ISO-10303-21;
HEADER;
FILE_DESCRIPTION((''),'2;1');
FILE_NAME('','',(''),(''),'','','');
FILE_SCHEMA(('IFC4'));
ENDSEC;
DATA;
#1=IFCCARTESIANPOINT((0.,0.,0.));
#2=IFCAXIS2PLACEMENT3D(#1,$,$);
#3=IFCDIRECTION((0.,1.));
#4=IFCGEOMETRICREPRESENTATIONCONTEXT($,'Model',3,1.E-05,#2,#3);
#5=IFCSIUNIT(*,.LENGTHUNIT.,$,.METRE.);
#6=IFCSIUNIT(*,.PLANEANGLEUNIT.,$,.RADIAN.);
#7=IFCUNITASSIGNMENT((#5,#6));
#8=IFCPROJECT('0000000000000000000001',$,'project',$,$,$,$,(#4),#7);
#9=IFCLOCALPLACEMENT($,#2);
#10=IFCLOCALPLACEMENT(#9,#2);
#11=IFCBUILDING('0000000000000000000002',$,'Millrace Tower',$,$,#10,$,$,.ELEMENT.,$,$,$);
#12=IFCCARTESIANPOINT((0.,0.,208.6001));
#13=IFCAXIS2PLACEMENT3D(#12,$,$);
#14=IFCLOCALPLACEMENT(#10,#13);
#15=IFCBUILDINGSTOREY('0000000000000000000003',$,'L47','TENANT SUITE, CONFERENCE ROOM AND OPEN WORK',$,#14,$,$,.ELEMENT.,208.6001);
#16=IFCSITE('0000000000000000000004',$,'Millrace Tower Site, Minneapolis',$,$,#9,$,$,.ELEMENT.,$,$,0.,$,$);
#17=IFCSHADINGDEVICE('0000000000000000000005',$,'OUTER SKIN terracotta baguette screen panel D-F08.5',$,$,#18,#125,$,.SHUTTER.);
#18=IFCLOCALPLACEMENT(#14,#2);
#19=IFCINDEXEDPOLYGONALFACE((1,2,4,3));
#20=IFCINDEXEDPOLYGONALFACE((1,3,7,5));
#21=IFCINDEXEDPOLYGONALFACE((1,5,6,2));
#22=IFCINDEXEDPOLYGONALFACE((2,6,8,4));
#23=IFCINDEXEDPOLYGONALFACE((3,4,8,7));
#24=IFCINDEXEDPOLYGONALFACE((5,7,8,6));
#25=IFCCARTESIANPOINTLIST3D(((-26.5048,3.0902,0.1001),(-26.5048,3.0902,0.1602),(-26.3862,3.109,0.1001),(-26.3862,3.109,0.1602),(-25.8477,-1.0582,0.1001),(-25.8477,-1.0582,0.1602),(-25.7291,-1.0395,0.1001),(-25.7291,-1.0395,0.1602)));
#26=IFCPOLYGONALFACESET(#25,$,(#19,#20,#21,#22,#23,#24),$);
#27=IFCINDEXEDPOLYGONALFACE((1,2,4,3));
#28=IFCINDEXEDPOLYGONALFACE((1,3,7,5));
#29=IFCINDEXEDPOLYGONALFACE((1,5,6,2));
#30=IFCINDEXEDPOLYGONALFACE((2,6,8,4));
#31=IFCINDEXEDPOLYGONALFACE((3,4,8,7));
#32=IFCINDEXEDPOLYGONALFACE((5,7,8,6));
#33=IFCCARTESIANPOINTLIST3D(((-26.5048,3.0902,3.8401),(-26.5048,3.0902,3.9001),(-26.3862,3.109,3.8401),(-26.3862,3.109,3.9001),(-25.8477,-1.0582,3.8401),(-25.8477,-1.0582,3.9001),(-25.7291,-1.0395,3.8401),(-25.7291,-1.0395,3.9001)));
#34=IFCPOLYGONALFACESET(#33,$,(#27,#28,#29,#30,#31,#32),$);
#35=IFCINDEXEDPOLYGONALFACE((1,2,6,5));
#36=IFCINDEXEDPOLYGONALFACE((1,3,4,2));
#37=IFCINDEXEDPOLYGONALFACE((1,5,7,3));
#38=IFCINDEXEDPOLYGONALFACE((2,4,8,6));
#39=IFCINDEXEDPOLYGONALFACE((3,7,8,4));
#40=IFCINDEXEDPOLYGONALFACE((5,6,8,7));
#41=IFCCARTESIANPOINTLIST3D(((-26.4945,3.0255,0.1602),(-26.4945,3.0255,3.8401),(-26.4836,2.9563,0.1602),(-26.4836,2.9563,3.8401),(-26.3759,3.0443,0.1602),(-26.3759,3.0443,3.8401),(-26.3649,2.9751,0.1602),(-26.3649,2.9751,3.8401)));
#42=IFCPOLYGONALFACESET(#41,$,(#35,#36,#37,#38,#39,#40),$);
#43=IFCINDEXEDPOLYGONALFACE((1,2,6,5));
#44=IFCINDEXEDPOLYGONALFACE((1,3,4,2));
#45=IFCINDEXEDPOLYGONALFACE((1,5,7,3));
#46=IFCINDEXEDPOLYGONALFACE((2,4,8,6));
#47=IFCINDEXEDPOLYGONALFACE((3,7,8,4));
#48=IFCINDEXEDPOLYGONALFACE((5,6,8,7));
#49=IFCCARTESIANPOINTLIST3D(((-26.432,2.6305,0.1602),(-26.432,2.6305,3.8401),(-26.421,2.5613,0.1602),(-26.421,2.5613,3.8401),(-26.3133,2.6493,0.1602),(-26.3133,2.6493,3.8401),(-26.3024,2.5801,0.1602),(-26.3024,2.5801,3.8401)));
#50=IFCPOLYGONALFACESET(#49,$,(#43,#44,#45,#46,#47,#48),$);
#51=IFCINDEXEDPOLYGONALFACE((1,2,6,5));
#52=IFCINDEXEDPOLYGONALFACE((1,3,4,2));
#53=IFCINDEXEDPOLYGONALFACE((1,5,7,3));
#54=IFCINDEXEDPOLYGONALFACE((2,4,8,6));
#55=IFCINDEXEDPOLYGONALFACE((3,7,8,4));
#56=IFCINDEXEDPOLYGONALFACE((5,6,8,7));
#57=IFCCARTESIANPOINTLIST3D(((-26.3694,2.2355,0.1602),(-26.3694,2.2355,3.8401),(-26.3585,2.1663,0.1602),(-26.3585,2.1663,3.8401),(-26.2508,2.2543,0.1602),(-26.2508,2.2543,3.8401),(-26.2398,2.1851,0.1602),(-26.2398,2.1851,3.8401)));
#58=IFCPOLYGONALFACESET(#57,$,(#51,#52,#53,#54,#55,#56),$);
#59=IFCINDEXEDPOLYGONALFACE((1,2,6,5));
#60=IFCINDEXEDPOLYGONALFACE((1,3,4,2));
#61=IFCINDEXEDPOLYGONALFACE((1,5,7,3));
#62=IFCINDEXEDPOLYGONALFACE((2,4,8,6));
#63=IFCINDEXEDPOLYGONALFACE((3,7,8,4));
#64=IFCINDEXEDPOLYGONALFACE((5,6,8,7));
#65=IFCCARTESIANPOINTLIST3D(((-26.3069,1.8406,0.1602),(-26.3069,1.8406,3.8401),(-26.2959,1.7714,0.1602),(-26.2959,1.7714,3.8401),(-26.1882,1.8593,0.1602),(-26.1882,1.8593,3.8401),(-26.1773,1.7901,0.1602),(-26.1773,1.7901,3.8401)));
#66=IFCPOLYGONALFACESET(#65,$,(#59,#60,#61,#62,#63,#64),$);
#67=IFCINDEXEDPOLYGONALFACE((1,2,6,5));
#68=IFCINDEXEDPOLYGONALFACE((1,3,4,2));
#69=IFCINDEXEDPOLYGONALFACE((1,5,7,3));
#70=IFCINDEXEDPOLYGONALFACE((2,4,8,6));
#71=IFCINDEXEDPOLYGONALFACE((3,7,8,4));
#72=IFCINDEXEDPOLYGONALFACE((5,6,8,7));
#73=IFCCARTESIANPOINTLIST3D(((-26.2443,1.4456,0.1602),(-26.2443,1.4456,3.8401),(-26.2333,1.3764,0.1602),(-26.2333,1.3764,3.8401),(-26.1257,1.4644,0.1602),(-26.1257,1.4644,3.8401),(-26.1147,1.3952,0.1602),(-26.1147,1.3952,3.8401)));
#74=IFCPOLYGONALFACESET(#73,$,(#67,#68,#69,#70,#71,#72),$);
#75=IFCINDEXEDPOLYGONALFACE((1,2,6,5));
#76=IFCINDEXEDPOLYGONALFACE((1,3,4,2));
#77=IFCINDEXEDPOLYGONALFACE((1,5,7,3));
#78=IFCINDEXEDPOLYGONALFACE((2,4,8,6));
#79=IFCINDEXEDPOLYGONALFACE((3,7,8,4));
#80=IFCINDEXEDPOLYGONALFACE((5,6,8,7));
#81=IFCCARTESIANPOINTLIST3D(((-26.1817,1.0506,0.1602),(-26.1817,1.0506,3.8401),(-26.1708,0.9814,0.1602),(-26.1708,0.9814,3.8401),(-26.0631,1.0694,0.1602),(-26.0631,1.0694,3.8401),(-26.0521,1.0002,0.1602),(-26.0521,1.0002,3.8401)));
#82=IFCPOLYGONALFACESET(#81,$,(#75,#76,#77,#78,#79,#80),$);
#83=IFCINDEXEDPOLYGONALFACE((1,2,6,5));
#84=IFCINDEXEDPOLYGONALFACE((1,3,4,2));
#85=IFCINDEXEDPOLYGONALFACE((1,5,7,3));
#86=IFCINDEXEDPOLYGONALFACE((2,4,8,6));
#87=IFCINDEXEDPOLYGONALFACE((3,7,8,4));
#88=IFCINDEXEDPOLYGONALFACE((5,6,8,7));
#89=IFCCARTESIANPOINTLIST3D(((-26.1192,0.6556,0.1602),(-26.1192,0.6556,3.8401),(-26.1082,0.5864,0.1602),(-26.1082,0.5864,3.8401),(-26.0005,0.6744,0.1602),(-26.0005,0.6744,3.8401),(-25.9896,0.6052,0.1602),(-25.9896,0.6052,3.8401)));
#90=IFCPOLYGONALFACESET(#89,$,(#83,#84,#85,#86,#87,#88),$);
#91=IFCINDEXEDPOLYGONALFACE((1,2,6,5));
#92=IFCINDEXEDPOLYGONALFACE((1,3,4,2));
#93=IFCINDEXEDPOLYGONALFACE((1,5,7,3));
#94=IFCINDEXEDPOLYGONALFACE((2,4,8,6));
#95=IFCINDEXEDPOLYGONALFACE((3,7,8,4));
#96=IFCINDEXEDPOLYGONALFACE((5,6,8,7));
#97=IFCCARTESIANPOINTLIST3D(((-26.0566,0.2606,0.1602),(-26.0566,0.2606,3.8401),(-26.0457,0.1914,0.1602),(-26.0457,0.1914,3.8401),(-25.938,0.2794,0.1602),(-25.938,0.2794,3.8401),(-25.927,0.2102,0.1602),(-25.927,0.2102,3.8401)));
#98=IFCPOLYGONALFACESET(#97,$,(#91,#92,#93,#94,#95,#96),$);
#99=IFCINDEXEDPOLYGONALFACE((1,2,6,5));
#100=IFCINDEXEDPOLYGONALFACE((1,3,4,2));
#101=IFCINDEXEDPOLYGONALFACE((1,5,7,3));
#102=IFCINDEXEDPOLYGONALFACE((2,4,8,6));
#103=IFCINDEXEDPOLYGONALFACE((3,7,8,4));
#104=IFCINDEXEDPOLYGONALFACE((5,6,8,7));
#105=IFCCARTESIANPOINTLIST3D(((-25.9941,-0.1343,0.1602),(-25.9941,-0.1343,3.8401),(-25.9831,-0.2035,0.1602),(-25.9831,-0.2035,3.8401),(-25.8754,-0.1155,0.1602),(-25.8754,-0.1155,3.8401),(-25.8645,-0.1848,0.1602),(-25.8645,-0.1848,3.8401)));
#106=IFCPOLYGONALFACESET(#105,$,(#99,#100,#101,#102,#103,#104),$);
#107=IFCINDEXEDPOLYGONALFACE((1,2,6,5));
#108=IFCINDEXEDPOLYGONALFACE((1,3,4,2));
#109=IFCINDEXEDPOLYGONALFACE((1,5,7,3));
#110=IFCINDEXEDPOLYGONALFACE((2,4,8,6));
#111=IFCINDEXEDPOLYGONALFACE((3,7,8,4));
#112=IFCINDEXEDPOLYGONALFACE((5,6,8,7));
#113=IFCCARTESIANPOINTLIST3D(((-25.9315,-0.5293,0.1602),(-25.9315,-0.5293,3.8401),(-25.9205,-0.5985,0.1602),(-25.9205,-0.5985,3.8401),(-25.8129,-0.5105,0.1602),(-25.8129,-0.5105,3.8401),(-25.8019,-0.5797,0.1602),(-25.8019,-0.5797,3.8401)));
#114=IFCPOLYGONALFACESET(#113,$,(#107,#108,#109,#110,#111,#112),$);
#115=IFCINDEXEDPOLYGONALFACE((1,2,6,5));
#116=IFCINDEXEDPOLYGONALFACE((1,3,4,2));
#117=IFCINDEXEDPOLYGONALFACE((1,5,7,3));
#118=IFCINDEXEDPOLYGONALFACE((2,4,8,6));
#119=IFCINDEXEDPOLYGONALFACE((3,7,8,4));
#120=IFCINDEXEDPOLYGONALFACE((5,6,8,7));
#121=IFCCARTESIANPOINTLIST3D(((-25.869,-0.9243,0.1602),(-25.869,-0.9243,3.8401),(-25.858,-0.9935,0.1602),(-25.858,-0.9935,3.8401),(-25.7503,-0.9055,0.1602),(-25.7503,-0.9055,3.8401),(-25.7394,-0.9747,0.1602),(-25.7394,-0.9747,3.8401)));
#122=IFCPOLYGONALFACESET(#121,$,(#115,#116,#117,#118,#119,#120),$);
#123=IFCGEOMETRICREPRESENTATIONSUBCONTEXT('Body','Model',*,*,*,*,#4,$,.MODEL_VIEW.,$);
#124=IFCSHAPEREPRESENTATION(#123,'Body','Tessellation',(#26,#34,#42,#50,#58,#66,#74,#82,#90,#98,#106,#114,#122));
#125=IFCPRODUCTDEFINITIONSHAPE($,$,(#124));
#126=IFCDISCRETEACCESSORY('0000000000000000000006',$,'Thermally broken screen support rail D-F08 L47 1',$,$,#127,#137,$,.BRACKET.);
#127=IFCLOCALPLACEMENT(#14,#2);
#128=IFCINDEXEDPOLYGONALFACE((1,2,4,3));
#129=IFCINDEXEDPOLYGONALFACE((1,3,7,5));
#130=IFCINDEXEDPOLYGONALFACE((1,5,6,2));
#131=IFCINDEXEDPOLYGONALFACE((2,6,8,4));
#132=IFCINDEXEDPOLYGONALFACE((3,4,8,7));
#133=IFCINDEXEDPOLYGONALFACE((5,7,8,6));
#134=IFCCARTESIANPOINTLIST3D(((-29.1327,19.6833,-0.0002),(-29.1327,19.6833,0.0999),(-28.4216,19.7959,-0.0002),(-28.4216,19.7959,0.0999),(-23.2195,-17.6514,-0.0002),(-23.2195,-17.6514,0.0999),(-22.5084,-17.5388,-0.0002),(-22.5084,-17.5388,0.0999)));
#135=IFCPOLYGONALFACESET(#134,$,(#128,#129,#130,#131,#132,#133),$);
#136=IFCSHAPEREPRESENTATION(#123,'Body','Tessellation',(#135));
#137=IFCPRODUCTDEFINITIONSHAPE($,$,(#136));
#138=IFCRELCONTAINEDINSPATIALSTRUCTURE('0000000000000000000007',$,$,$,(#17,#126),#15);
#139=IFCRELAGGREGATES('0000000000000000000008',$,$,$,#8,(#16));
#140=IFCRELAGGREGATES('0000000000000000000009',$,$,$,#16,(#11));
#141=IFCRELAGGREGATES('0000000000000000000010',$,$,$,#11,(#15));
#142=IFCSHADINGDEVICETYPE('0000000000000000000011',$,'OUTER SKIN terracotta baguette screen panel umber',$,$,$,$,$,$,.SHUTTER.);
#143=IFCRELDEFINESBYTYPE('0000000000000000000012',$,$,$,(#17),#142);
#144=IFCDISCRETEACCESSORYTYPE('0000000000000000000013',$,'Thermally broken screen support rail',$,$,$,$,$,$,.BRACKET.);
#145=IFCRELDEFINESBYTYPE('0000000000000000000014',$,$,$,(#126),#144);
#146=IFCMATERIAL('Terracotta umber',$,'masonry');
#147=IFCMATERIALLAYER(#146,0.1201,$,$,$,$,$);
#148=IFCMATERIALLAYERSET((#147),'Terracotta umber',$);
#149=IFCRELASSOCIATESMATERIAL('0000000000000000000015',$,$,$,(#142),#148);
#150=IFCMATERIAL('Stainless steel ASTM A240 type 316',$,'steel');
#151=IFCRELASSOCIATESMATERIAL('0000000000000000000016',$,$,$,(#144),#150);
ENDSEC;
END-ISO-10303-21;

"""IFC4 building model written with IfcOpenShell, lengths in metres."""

from ifc_helpers import new_model, entity, si_unit, direction, frame, frame_2d, origin, origin_2d, place, context, subcontext, project, spatial, rectangle, extrude, source, transform, mapped, material, layer, layer_set, type_object, element, save


model = new_model("IFC4")

# Units and contexts
model_context = context("Model", 3, precision=1e-05, world=origin(), true_north=direction((0.0, 1.0)))
body_context = subcontext(model_context, "Body", "Model", "MODEL_VIEW")
ifc_project = project(units=[si_unit("LENGTHUNIT", "METRE"), si_unit("PLANEANGLEUNIT", "RADIAN")], contexts=[model_context])

# Site, building, storey
site_placement = place(None, origin())
site = spatial("IfcSite", under=ifc_project, at=site_placement, Name="Millrace Tower Site, Minneapolis", CompositionType="ELEMENT", RefElevation=0.0)
building_placement = place(site_placement, origin())
building = spatial("IfcBuilding", under=site, at=building_placement, Name="Millrace Tower", CompositionType="ELEMENT")
storey_placement = place(building_placement, frame((0.0, 0.0, 208.6001)))
storey = spatial("IfcBuildingStorey", under=building, at=storey_placement, Name="L47", Description="TENANT SUITE, CONFERENCE ROOM AND OPEN WORK", CompositionType="ELEMENT", Elevation=208.6001)

# Shading device
ifc_material_1 = material(Name="Terracotta umber", Category="masonry")
ifc_layer_1 = layer(ifc_material_1, 0.1201)
ifc_layer_set_1 = layer_set([ifc_layer_1], Name="Terracotta umber")
shading_device_type = type_object("IfcShadingDeviceType", Name="OUTER SKIN terracotta baguette screen panel umber", PredefinedType="SHUTTER", material=ifc_layer_set_1)
cartesian_point = entity("IfcCartesianPoint", [-2.1001, 0.0601])
shared_polyline = entity("IfcPolyline", [cartesian_point, entity("IfcCartesianPoint", [2.1001, 0.0601]), entity("IfcCartesianPoint", [2.1001, -0.0601]), entity("IfcCartesianPoint", [-2.1001, -0.0601]), cartesian_point])
shared_shape = source(origin(), body_context, "Body", "SweptSolid", [
    entity("IfcExtrudedAreaSolid", entity("IfcArbitraryClosedProfileDef", "AREA", None, shared_polyline), entity("IfcAxis2Placement3D", entity("IfcCartesianPoint", [0.0, 0.0, 0.0])), entity("IfcDirection", [0.0, 0.0, 1.0]), 0.0601),
    entity("IfcExtrudedAreaSolid", entity("IfcArbitraryClosedProfileDef", "AREA", None, shared_polyline), entity("IfcAxis2Placement3D", entity("IfcCartesianPoint", [0.0, 0.0, 3.74])), entity("IfcDirection", [0.0, 0.0, 1.0]), 0.0601),
    extrude(rectangle(XDim=0.0701, YDim=0.1201, at=frame_2d((-1.9995, 0.0))), frame((0.0, 0.0, 0.0601)), (0.0, 0.0, 1.0), 3.6799),
    extrude(rectangle(XDim=0.0701, YDim=0.1201, at=frame_2d((-1.5996, 0.0))), frame((0.0, 0.0, 0.0601)), (0.0, 0.0, 1.0), 3.6799),
    extrude(rectangle(XDim=0.0701, YDim=0.1201, at=frame_2d((-1.1997, 0.0))), frame((0.0, 0.0, 0.0601)), (0.0, 0.0, 1.0), 3.6799),
    extrude(rectangle(XDim=0.0701, YDim=0.1201, at=frame_2d((-0.7998, 0.0))), frame((0.0, 0.0, 0.0601)), (0.0, 0.0, 1.0), 3.6799),
    extrude(rectangle(XDim=0.0701, YDim=0.1201, at=frame_2d((-0.3999, 0.0))), frame((0.0, 0.0, 0.0601)), (0.0, 0.0, 1.0), 3.6799),
    extrude(rectangle(XDim=0.0701, YDim=0.1201, at=origin_2d()), frame((0.0, 0.0, 0.0601)), (0.0, 0.0, 1.0), 3.6799),
    extrude(rectangle(XDim=0.0701, YDim=0.1201, at=frame_2d((0.3999, 0.0))), frame((0.0, 0.0, 0.0601)), (0.0, 0.0, 1.0), 3.6799),
    extrude(rectangle(XDim=0.0701, YDim=0.1201, at=frame_2d((0.7998, 0.0))), frame((0.0, 0.0, 0.0601)), (0.0, 0.0, 1.0), 3.6799),
    extrude(rectangle(XDim=0.0701, YDim=0.1201, at=frame_2d((1.1997, 0.0))), frame((0.0, 0.0, 0.0601)), (0.0, 0.0, 1.0), 3.6799),
    extrude(rectangle(XDim=0.0701, YDim=0.1201, at=frame_2d((1.5996, 0.0))), frame((0.0, 0.0, 0.0601)), (0.0, 0.0, 1.0), 3.6799),
    extrude(rectangle(XDim=0.0701, YDim=0.1201, at=frame_2d((1.9995, 0.0))), frame((0.0, 0.0, 0.0601)), (0.0, 0.0, 1.0), 3.6799),
])
for number, where, z_axis, x_axis, name in (
    (1, (-26.1169, 1.0254, 0.1001), (0.0, 0.0, 1.0), (0.156434, -0.987688, 0.0), "OUTER SKIN terracotta baguette screen panel D-F08.5"),
):
    element("IfcShadingDevice", number, at=place(storey_placement, frame(where, z_axis=z_axis, x_axis=x_axis)), inside=storey, type_object=shading_device_type, Name=name, PredefinedType="SHUTTER", context=body_context, shape_type="MappedRepresentation", body=[
        mapped(shared_shape, transform((0.0, 0.0, 0.0), scale=1.0)),
    ])

# Discrete accessory
ifc_material_2 = material(Name="Stainless steel ASTM A240 type 316", Category="steel")
discrete_accessory_type = type_object("IfcDiscreteAccessoryType", Name="Thermally broken screen support rail", PredefinedType="BRACKET", material=ifc_material_2)
discrete_accessory_placement = place(storey_placement, frame((-25.8206, 1.0723, -0.0002), z_axis=(0.0, 0.0, 1.0), x_axis=(0.156434, -0.987688, 0.0)))
element("IfcDiscreteAccessory", 2, at=discrete_accessory_placement, inside=storey, type_object=discrete_accessory_type, Name="Thermally broken screen support rail D-F08 L47 1", PredefinedType="BRACKET", context=body_context, shape_type="SweptSolid", body=[
    extrude(rectangle(XDim=37.8, YDim=0.72, at=origin_2d()), origin(), (0.0, 0.0, 1.0), 0.1001),
])

save(model, "model.ifc")
